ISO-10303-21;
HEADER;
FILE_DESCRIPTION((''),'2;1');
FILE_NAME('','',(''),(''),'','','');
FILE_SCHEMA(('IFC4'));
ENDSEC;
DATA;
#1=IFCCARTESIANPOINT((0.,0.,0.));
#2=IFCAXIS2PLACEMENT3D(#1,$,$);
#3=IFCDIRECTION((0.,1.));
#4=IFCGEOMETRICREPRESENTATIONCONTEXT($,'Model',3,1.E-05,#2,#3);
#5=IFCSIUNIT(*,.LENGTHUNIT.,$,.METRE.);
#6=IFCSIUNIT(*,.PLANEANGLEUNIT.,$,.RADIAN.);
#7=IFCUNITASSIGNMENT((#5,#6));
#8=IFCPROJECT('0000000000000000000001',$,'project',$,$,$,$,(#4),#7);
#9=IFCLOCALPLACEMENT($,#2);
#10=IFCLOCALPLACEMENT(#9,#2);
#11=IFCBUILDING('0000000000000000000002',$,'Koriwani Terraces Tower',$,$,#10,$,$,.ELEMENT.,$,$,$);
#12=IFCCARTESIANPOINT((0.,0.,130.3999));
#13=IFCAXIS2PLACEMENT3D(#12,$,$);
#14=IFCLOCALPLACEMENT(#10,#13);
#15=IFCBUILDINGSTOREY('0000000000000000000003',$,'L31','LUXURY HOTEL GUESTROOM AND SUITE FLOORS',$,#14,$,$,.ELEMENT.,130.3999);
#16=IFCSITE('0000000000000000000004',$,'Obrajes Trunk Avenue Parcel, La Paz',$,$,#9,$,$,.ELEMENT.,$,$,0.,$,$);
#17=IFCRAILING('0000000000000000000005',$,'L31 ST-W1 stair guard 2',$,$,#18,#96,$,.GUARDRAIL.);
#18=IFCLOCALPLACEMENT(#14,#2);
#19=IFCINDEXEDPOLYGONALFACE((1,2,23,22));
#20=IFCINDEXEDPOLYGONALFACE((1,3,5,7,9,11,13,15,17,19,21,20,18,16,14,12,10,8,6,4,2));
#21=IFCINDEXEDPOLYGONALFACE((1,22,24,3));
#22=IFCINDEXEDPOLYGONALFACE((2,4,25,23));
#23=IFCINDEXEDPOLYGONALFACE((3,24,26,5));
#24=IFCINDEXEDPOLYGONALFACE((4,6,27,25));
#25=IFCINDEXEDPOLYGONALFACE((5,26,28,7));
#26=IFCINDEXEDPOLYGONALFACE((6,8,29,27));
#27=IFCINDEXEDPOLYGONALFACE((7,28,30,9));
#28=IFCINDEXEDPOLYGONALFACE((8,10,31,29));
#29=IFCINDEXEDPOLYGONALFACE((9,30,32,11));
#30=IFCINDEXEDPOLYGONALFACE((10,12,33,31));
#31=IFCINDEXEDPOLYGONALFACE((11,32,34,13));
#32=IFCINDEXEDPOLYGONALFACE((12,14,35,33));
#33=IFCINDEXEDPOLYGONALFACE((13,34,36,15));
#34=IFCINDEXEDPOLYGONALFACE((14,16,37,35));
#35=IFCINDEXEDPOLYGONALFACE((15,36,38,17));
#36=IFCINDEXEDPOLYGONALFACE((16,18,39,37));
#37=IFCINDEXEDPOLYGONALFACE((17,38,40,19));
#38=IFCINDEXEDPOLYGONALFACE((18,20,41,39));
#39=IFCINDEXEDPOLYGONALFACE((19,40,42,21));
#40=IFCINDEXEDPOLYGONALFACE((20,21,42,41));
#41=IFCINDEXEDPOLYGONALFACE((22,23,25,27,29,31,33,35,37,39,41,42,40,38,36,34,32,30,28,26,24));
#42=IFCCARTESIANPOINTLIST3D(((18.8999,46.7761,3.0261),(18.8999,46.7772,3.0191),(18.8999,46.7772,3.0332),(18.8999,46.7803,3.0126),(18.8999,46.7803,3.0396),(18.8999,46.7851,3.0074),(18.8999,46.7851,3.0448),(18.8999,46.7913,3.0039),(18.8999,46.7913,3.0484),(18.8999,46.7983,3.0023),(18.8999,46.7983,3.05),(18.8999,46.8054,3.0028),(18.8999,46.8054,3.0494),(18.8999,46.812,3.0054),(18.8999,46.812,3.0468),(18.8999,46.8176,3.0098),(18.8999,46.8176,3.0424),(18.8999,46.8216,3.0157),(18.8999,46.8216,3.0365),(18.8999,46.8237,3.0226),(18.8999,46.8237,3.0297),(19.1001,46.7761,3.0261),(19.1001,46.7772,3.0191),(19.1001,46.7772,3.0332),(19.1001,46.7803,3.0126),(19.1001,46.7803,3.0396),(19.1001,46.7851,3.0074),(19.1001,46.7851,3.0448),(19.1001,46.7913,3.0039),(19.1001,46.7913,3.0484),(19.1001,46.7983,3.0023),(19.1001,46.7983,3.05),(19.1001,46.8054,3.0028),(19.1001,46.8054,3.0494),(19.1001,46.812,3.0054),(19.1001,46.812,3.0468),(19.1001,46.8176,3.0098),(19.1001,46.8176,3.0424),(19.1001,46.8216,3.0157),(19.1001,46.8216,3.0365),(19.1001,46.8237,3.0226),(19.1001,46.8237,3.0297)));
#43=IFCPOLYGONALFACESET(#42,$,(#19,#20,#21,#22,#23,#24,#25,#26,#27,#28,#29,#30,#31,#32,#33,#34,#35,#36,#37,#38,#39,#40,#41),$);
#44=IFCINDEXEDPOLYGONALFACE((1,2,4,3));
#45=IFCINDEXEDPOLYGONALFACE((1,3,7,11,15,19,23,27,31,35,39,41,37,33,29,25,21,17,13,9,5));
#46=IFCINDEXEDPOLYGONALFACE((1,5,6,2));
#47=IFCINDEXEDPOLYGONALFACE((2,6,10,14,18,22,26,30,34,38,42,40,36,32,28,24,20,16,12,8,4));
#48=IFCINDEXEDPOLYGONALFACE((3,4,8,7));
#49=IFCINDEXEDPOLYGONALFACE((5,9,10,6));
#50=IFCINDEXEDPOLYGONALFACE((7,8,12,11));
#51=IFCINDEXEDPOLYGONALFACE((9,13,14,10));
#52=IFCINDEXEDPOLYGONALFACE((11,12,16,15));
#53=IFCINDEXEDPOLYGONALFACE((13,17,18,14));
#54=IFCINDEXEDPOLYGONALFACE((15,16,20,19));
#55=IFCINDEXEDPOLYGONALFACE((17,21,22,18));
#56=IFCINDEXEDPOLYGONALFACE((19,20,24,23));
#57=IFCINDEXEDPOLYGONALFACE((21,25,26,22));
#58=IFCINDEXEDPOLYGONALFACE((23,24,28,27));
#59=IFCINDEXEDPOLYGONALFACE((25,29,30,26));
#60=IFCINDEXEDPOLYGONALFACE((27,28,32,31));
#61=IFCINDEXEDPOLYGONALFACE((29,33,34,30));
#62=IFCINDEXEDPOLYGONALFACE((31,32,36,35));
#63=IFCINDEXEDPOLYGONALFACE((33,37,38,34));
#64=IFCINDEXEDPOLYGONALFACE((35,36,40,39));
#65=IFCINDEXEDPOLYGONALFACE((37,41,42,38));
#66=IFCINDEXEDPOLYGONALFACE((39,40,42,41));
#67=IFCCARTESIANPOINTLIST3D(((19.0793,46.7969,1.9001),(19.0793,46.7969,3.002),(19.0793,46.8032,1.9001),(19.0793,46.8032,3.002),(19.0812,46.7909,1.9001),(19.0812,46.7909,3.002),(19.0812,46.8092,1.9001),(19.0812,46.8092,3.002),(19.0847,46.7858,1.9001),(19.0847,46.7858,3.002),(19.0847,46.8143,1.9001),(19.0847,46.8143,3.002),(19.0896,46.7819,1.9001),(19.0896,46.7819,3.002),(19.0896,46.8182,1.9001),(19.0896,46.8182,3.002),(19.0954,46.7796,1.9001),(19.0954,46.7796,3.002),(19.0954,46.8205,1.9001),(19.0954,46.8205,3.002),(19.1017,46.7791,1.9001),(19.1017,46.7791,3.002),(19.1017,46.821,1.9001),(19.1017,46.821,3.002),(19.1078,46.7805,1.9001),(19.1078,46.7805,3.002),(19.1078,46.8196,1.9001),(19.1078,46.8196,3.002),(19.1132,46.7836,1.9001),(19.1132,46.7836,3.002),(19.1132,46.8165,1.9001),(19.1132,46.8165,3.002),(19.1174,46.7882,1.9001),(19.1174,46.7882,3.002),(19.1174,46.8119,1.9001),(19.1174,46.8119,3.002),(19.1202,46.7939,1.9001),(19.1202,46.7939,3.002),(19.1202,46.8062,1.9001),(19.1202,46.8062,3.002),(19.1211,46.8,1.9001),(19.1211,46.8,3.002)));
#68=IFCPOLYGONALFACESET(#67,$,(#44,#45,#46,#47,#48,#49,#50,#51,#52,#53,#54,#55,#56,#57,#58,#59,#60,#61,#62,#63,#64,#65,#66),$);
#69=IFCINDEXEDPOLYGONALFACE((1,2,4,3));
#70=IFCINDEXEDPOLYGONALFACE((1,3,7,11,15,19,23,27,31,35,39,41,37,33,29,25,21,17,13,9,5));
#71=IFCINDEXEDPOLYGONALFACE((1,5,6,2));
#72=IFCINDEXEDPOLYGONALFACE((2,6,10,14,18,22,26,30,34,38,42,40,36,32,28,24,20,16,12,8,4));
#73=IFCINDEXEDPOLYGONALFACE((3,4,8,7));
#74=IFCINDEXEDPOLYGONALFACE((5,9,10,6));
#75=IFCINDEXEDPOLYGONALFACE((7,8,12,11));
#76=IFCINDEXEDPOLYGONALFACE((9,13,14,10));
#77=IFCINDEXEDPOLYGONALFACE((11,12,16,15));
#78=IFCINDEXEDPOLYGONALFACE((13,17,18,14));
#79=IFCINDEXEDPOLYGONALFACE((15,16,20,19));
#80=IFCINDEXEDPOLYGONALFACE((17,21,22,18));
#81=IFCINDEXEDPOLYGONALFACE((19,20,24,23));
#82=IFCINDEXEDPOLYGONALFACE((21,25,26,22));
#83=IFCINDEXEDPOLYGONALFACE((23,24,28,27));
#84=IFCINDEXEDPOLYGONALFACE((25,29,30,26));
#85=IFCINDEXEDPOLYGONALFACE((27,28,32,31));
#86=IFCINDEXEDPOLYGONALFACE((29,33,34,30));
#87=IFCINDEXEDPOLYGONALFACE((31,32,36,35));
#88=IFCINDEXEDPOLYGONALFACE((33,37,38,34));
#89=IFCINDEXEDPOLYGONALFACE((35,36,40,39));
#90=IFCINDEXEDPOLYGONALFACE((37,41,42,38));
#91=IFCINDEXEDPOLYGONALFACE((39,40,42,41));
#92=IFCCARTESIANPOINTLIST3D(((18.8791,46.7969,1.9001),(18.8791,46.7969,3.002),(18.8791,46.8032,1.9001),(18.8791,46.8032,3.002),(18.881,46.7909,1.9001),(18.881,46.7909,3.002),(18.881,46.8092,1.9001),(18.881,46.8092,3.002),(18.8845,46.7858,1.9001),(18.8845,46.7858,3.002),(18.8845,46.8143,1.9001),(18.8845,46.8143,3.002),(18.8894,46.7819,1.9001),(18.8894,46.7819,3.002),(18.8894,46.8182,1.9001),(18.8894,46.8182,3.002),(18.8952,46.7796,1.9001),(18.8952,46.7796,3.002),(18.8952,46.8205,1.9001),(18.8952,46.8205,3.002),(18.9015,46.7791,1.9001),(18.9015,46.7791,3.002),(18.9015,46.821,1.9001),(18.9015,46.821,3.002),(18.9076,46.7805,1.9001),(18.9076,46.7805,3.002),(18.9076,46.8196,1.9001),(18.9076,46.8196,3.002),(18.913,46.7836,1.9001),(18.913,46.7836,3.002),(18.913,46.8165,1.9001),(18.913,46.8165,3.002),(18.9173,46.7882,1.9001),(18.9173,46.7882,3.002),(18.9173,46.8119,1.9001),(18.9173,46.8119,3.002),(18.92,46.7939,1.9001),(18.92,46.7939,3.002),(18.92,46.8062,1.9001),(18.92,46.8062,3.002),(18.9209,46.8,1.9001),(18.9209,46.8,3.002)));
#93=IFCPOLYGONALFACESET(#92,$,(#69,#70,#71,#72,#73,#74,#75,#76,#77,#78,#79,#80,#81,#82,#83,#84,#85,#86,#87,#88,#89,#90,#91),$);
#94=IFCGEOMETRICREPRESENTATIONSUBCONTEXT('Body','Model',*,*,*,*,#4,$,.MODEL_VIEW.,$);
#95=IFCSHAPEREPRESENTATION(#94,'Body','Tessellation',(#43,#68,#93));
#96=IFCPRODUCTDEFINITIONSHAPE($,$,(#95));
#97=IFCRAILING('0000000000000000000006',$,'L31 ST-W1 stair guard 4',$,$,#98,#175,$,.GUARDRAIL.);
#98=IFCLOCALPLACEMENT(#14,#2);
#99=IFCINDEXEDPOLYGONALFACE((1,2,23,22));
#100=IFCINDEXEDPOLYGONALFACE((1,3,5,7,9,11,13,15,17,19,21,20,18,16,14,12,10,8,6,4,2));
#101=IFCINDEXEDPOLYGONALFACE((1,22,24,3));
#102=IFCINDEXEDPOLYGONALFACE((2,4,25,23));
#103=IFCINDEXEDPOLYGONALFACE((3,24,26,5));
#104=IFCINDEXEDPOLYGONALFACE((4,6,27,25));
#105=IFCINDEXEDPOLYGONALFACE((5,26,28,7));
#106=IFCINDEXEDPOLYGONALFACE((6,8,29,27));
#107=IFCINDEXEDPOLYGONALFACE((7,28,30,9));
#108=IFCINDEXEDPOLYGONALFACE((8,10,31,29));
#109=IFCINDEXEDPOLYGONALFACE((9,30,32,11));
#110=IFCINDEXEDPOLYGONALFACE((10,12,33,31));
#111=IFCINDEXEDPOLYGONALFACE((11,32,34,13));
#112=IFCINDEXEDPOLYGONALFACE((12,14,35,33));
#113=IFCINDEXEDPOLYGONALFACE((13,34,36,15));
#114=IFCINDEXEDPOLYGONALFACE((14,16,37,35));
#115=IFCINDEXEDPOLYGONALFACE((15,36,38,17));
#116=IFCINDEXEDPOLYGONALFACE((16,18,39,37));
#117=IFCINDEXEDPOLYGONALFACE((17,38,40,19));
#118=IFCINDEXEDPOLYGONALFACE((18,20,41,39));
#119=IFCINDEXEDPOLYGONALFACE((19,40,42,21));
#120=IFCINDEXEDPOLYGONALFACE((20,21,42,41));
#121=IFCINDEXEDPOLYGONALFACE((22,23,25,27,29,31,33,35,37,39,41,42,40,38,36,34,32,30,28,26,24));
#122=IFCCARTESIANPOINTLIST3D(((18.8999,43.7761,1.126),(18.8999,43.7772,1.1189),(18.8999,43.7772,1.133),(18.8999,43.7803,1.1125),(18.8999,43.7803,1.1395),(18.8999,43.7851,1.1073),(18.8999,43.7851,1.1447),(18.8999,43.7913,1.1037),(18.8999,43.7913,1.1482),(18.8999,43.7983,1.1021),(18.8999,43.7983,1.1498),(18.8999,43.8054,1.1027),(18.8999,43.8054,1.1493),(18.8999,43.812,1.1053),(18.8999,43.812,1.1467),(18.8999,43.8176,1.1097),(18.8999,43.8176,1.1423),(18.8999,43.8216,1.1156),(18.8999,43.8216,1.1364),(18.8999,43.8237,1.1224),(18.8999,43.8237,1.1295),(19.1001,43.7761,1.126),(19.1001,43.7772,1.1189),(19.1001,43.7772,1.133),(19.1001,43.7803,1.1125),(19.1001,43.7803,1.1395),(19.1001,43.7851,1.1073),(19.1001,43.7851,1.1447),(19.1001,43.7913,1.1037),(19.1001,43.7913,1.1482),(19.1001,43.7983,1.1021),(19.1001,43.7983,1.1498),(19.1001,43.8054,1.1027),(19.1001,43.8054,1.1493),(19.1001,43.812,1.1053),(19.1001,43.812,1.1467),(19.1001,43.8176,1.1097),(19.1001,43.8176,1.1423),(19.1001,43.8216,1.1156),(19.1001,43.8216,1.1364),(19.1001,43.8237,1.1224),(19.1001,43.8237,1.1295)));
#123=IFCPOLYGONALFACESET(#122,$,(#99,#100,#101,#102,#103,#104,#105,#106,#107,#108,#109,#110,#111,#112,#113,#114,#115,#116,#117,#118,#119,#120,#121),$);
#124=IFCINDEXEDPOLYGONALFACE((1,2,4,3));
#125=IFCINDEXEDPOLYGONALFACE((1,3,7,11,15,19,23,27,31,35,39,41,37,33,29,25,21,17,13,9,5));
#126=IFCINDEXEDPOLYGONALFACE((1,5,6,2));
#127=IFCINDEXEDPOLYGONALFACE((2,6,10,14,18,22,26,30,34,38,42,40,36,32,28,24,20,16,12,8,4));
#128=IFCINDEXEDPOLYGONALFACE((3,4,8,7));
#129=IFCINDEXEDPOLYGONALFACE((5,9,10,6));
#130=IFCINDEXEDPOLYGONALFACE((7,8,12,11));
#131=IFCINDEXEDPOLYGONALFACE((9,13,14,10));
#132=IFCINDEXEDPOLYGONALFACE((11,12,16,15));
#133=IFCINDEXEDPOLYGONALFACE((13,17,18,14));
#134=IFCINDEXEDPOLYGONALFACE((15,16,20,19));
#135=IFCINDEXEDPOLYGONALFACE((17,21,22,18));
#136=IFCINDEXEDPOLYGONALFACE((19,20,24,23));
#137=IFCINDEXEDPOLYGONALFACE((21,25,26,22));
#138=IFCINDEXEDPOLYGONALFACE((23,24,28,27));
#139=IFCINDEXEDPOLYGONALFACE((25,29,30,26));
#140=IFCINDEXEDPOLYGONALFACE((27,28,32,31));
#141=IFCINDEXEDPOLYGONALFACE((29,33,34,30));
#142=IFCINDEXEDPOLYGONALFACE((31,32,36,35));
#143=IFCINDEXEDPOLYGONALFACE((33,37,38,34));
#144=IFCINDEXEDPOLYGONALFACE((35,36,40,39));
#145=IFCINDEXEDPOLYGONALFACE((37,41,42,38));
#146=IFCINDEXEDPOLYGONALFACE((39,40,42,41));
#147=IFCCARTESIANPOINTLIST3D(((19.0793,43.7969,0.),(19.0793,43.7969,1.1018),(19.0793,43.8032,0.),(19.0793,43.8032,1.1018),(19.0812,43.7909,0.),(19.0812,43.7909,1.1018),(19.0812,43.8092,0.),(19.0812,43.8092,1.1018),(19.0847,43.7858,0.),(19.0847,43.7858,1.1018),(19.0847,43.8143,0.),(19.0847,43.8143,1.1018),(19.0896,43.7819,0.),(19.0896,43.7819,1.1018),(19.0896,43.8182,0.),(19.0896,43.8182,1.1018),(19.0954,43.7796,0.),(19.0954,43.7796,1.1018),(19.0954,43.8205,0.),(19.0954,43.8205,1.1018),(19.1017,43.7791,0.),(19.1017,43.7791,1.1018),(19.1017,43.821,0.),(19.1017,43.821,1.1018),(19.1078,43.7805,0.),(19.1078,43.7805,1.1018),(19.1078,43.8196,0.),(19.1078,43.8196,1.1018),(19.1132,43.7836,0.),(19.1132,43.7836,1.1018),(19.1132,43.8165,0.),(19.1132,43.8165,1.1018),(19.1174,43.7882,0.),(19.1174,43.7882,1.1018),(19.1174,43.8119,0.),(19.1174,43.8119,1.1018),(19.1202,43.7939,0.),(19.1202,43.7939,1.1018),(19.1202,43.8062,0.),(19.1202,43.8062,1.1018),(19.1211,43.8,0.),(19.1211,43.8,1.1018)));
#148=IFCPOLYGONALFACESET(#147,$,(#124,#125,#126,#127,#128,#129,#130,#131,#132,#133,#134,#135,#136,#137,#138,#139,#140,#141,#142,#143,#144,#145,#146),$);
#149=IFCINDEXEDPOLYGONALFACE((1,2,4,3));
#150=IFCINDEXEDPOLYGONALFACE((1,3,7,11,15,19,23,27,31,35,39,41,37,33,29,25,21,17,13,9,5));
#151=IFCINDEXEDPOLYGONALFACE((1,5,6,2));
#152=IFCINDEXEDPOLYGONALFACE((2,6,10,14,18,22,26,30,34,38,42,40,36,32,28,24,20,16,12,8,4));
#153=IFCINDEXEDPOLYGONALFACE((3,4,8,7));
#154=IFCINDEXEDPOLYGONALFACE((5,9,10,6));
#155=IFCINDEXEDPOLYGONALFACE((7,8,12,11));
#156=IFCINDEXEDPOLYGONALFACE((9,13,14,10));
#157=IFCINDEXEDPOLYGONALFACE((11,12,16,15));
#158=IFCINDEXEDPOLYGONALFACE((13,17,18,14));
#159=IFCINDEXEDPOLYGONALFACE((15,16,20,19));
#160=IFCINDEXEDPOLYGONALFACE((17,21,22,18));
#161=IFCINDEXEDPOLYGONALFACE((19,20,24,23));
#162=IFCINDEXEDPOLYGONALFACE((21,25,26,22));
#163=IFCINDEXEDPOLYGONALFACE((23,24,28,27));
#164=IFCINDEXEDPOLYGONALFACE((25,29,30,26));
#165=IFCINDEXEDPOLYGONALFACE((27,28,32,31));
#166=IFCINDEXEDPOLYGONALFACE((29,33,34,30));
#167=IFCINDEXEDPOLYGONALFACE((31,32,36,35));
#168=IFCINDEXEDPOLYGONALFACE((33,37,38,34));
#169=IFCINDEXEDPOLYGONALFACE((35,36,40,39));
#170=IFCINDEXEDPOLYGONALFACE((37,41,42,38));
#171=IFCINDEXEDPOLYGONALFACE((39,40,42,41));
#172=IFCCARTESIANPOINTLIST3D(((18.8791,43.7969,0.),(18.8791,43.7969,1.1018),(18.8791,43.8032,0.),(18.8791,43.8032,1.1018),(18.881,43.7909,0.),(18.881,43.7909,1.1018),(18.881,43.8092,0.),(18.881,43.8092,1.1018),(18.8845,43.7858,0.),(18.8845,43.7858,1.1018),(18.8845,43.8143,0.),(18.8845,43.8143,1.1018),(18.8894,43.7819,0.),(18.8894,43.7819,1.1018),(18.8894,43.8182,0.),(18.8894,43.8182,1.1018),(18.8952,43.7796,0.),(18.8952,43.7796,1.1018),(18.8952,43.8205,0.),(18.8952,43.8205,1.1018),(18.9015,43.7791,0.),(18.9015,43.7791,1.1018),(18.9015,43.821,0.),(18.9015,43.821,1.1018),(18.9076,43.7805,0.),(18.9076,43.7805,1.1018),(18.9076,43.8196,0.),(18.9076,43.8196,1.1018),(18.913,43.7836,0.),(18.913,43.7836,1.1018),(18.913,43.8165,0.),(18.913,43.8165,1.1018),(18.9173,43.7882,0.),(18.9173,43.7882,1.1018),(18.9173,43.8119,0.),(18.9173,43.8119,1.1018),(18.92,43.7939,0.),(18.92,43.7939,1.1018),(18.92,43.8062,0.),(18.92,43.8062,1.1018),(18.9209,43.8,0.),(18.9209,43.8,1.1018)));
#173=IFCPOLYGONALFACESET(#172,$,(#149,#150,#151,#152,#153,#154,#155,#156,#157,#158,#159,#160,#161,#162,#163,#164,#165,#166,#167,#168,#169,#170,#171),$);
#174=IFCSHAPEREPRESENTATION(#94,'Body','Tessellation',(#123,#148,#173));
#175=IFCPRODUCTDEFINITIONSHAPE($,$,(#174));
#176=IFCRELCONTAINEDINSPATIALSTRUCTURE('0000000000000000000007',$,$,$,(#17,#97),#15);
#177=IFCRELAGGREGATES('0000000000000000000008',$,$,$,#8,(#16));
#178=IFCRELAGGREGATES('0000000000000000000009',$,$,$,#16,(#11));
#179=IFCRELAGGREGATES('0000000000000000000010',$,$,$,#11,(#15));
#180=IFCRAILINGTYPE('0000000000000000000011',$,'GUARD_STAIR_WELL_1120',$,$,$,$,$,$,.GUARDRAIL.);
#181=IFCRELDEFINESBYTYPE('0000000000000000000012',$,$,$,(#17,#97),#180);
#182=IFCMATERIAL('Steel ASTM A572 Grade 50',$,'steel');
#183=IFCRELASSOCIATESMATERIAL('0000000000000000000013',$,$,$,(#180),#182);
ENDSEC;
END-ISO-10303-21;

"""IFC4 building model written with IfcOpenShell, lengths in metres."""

from ifc_helpers import new_model, si_unit, direction, frame, origin, origin_2d, place, context, subcontext, project, spatial, circle, extrude, material, type_object, element, save


model = new_model("IFC4")

# Units and contexts
model_context = context("Model", 3, precision=1e-05, world=origin(), true_north=direction((0.0, 1.0)))
body_context = subcontext(model_context, "Body", "Model", "MODEL_VIEW")
ifc_project = project(units=[si_unit("LENGTHUNIT", "METRE"), si_unit("PLANEANGLEUNIT", "RADIAN")], contexts=[model_context])

# Site, building, storey
site_placement = place(None, origin())
site = spatial("IfcSite", under=ifc_project, at=site_placement, Name="Obrajes Trunk Avenue Parcel, La Paz", CompositionType="ELEMENT", RefElevation=0.0)
building_placement = place(site_placement, origin())
building = spatial("IfcBuilding", under=site, at=building_placement, Name="Koriwani Terraces Tower", CompositionType="ELEMENT")
storey_placement = place(building_placement, frame((0.0, 0.0, 130.3999)))
storey = spatial("IfcBuildingStorey", under=building, at=storey_placement, Name="L31", Description="LUXURY HOTEL GUESTROOM AND SUITE FLOORS", CompositionType="ELEMENT", Elevation=130.3999)

# Shared definitions
ifc_material_1 = material(Name="Steel ASTM A572 Grade 50", Category="steel")

# Railings
railing_type_1 = type_object("IfcRailingType", Name="GUARD_STAIR_WELL_1120", PredefinedType="GUARDRAIL", material=ifc_material_1)
for number, where, name in (
    (1, (19.1001, 46.8, 1.9001), "L31 ST-W1 stair guard 2"),
    (2, (19.1001, 43.8, 0.0), "L31 ST-W1 stair guard 4"),
):
    element("IfcRailing", number, at=place(storey_placement, frame(where)), inside=storey, type_object=railing_type_1, Name=name, PredefinedType="GUARDRAIL", context=body_context, shape_type="SweptSolid", body=[
        extrude(circle(Radius=0.0239, at=origin_2d()), frame((0.0, 0.0, 1.126), z_axis=(-1.0, 0.0, 0.0), x_axis=(0.0, -1.0, 0.0)), (0.0, 0.0, 1.0), 0.2002),
        extrude(circle(Radius=0.021, at=origin_2d()), origin(), (0.0, 0.0, 1.0), 1.1018),
        extrude(circle(Radius=0.021, at=origin_2d()), frame((-0.2002, 0.0, 0.0)), (0.0, 0.0, 1.0), 1.1018),
    ])

save(model, "model.ifc")
